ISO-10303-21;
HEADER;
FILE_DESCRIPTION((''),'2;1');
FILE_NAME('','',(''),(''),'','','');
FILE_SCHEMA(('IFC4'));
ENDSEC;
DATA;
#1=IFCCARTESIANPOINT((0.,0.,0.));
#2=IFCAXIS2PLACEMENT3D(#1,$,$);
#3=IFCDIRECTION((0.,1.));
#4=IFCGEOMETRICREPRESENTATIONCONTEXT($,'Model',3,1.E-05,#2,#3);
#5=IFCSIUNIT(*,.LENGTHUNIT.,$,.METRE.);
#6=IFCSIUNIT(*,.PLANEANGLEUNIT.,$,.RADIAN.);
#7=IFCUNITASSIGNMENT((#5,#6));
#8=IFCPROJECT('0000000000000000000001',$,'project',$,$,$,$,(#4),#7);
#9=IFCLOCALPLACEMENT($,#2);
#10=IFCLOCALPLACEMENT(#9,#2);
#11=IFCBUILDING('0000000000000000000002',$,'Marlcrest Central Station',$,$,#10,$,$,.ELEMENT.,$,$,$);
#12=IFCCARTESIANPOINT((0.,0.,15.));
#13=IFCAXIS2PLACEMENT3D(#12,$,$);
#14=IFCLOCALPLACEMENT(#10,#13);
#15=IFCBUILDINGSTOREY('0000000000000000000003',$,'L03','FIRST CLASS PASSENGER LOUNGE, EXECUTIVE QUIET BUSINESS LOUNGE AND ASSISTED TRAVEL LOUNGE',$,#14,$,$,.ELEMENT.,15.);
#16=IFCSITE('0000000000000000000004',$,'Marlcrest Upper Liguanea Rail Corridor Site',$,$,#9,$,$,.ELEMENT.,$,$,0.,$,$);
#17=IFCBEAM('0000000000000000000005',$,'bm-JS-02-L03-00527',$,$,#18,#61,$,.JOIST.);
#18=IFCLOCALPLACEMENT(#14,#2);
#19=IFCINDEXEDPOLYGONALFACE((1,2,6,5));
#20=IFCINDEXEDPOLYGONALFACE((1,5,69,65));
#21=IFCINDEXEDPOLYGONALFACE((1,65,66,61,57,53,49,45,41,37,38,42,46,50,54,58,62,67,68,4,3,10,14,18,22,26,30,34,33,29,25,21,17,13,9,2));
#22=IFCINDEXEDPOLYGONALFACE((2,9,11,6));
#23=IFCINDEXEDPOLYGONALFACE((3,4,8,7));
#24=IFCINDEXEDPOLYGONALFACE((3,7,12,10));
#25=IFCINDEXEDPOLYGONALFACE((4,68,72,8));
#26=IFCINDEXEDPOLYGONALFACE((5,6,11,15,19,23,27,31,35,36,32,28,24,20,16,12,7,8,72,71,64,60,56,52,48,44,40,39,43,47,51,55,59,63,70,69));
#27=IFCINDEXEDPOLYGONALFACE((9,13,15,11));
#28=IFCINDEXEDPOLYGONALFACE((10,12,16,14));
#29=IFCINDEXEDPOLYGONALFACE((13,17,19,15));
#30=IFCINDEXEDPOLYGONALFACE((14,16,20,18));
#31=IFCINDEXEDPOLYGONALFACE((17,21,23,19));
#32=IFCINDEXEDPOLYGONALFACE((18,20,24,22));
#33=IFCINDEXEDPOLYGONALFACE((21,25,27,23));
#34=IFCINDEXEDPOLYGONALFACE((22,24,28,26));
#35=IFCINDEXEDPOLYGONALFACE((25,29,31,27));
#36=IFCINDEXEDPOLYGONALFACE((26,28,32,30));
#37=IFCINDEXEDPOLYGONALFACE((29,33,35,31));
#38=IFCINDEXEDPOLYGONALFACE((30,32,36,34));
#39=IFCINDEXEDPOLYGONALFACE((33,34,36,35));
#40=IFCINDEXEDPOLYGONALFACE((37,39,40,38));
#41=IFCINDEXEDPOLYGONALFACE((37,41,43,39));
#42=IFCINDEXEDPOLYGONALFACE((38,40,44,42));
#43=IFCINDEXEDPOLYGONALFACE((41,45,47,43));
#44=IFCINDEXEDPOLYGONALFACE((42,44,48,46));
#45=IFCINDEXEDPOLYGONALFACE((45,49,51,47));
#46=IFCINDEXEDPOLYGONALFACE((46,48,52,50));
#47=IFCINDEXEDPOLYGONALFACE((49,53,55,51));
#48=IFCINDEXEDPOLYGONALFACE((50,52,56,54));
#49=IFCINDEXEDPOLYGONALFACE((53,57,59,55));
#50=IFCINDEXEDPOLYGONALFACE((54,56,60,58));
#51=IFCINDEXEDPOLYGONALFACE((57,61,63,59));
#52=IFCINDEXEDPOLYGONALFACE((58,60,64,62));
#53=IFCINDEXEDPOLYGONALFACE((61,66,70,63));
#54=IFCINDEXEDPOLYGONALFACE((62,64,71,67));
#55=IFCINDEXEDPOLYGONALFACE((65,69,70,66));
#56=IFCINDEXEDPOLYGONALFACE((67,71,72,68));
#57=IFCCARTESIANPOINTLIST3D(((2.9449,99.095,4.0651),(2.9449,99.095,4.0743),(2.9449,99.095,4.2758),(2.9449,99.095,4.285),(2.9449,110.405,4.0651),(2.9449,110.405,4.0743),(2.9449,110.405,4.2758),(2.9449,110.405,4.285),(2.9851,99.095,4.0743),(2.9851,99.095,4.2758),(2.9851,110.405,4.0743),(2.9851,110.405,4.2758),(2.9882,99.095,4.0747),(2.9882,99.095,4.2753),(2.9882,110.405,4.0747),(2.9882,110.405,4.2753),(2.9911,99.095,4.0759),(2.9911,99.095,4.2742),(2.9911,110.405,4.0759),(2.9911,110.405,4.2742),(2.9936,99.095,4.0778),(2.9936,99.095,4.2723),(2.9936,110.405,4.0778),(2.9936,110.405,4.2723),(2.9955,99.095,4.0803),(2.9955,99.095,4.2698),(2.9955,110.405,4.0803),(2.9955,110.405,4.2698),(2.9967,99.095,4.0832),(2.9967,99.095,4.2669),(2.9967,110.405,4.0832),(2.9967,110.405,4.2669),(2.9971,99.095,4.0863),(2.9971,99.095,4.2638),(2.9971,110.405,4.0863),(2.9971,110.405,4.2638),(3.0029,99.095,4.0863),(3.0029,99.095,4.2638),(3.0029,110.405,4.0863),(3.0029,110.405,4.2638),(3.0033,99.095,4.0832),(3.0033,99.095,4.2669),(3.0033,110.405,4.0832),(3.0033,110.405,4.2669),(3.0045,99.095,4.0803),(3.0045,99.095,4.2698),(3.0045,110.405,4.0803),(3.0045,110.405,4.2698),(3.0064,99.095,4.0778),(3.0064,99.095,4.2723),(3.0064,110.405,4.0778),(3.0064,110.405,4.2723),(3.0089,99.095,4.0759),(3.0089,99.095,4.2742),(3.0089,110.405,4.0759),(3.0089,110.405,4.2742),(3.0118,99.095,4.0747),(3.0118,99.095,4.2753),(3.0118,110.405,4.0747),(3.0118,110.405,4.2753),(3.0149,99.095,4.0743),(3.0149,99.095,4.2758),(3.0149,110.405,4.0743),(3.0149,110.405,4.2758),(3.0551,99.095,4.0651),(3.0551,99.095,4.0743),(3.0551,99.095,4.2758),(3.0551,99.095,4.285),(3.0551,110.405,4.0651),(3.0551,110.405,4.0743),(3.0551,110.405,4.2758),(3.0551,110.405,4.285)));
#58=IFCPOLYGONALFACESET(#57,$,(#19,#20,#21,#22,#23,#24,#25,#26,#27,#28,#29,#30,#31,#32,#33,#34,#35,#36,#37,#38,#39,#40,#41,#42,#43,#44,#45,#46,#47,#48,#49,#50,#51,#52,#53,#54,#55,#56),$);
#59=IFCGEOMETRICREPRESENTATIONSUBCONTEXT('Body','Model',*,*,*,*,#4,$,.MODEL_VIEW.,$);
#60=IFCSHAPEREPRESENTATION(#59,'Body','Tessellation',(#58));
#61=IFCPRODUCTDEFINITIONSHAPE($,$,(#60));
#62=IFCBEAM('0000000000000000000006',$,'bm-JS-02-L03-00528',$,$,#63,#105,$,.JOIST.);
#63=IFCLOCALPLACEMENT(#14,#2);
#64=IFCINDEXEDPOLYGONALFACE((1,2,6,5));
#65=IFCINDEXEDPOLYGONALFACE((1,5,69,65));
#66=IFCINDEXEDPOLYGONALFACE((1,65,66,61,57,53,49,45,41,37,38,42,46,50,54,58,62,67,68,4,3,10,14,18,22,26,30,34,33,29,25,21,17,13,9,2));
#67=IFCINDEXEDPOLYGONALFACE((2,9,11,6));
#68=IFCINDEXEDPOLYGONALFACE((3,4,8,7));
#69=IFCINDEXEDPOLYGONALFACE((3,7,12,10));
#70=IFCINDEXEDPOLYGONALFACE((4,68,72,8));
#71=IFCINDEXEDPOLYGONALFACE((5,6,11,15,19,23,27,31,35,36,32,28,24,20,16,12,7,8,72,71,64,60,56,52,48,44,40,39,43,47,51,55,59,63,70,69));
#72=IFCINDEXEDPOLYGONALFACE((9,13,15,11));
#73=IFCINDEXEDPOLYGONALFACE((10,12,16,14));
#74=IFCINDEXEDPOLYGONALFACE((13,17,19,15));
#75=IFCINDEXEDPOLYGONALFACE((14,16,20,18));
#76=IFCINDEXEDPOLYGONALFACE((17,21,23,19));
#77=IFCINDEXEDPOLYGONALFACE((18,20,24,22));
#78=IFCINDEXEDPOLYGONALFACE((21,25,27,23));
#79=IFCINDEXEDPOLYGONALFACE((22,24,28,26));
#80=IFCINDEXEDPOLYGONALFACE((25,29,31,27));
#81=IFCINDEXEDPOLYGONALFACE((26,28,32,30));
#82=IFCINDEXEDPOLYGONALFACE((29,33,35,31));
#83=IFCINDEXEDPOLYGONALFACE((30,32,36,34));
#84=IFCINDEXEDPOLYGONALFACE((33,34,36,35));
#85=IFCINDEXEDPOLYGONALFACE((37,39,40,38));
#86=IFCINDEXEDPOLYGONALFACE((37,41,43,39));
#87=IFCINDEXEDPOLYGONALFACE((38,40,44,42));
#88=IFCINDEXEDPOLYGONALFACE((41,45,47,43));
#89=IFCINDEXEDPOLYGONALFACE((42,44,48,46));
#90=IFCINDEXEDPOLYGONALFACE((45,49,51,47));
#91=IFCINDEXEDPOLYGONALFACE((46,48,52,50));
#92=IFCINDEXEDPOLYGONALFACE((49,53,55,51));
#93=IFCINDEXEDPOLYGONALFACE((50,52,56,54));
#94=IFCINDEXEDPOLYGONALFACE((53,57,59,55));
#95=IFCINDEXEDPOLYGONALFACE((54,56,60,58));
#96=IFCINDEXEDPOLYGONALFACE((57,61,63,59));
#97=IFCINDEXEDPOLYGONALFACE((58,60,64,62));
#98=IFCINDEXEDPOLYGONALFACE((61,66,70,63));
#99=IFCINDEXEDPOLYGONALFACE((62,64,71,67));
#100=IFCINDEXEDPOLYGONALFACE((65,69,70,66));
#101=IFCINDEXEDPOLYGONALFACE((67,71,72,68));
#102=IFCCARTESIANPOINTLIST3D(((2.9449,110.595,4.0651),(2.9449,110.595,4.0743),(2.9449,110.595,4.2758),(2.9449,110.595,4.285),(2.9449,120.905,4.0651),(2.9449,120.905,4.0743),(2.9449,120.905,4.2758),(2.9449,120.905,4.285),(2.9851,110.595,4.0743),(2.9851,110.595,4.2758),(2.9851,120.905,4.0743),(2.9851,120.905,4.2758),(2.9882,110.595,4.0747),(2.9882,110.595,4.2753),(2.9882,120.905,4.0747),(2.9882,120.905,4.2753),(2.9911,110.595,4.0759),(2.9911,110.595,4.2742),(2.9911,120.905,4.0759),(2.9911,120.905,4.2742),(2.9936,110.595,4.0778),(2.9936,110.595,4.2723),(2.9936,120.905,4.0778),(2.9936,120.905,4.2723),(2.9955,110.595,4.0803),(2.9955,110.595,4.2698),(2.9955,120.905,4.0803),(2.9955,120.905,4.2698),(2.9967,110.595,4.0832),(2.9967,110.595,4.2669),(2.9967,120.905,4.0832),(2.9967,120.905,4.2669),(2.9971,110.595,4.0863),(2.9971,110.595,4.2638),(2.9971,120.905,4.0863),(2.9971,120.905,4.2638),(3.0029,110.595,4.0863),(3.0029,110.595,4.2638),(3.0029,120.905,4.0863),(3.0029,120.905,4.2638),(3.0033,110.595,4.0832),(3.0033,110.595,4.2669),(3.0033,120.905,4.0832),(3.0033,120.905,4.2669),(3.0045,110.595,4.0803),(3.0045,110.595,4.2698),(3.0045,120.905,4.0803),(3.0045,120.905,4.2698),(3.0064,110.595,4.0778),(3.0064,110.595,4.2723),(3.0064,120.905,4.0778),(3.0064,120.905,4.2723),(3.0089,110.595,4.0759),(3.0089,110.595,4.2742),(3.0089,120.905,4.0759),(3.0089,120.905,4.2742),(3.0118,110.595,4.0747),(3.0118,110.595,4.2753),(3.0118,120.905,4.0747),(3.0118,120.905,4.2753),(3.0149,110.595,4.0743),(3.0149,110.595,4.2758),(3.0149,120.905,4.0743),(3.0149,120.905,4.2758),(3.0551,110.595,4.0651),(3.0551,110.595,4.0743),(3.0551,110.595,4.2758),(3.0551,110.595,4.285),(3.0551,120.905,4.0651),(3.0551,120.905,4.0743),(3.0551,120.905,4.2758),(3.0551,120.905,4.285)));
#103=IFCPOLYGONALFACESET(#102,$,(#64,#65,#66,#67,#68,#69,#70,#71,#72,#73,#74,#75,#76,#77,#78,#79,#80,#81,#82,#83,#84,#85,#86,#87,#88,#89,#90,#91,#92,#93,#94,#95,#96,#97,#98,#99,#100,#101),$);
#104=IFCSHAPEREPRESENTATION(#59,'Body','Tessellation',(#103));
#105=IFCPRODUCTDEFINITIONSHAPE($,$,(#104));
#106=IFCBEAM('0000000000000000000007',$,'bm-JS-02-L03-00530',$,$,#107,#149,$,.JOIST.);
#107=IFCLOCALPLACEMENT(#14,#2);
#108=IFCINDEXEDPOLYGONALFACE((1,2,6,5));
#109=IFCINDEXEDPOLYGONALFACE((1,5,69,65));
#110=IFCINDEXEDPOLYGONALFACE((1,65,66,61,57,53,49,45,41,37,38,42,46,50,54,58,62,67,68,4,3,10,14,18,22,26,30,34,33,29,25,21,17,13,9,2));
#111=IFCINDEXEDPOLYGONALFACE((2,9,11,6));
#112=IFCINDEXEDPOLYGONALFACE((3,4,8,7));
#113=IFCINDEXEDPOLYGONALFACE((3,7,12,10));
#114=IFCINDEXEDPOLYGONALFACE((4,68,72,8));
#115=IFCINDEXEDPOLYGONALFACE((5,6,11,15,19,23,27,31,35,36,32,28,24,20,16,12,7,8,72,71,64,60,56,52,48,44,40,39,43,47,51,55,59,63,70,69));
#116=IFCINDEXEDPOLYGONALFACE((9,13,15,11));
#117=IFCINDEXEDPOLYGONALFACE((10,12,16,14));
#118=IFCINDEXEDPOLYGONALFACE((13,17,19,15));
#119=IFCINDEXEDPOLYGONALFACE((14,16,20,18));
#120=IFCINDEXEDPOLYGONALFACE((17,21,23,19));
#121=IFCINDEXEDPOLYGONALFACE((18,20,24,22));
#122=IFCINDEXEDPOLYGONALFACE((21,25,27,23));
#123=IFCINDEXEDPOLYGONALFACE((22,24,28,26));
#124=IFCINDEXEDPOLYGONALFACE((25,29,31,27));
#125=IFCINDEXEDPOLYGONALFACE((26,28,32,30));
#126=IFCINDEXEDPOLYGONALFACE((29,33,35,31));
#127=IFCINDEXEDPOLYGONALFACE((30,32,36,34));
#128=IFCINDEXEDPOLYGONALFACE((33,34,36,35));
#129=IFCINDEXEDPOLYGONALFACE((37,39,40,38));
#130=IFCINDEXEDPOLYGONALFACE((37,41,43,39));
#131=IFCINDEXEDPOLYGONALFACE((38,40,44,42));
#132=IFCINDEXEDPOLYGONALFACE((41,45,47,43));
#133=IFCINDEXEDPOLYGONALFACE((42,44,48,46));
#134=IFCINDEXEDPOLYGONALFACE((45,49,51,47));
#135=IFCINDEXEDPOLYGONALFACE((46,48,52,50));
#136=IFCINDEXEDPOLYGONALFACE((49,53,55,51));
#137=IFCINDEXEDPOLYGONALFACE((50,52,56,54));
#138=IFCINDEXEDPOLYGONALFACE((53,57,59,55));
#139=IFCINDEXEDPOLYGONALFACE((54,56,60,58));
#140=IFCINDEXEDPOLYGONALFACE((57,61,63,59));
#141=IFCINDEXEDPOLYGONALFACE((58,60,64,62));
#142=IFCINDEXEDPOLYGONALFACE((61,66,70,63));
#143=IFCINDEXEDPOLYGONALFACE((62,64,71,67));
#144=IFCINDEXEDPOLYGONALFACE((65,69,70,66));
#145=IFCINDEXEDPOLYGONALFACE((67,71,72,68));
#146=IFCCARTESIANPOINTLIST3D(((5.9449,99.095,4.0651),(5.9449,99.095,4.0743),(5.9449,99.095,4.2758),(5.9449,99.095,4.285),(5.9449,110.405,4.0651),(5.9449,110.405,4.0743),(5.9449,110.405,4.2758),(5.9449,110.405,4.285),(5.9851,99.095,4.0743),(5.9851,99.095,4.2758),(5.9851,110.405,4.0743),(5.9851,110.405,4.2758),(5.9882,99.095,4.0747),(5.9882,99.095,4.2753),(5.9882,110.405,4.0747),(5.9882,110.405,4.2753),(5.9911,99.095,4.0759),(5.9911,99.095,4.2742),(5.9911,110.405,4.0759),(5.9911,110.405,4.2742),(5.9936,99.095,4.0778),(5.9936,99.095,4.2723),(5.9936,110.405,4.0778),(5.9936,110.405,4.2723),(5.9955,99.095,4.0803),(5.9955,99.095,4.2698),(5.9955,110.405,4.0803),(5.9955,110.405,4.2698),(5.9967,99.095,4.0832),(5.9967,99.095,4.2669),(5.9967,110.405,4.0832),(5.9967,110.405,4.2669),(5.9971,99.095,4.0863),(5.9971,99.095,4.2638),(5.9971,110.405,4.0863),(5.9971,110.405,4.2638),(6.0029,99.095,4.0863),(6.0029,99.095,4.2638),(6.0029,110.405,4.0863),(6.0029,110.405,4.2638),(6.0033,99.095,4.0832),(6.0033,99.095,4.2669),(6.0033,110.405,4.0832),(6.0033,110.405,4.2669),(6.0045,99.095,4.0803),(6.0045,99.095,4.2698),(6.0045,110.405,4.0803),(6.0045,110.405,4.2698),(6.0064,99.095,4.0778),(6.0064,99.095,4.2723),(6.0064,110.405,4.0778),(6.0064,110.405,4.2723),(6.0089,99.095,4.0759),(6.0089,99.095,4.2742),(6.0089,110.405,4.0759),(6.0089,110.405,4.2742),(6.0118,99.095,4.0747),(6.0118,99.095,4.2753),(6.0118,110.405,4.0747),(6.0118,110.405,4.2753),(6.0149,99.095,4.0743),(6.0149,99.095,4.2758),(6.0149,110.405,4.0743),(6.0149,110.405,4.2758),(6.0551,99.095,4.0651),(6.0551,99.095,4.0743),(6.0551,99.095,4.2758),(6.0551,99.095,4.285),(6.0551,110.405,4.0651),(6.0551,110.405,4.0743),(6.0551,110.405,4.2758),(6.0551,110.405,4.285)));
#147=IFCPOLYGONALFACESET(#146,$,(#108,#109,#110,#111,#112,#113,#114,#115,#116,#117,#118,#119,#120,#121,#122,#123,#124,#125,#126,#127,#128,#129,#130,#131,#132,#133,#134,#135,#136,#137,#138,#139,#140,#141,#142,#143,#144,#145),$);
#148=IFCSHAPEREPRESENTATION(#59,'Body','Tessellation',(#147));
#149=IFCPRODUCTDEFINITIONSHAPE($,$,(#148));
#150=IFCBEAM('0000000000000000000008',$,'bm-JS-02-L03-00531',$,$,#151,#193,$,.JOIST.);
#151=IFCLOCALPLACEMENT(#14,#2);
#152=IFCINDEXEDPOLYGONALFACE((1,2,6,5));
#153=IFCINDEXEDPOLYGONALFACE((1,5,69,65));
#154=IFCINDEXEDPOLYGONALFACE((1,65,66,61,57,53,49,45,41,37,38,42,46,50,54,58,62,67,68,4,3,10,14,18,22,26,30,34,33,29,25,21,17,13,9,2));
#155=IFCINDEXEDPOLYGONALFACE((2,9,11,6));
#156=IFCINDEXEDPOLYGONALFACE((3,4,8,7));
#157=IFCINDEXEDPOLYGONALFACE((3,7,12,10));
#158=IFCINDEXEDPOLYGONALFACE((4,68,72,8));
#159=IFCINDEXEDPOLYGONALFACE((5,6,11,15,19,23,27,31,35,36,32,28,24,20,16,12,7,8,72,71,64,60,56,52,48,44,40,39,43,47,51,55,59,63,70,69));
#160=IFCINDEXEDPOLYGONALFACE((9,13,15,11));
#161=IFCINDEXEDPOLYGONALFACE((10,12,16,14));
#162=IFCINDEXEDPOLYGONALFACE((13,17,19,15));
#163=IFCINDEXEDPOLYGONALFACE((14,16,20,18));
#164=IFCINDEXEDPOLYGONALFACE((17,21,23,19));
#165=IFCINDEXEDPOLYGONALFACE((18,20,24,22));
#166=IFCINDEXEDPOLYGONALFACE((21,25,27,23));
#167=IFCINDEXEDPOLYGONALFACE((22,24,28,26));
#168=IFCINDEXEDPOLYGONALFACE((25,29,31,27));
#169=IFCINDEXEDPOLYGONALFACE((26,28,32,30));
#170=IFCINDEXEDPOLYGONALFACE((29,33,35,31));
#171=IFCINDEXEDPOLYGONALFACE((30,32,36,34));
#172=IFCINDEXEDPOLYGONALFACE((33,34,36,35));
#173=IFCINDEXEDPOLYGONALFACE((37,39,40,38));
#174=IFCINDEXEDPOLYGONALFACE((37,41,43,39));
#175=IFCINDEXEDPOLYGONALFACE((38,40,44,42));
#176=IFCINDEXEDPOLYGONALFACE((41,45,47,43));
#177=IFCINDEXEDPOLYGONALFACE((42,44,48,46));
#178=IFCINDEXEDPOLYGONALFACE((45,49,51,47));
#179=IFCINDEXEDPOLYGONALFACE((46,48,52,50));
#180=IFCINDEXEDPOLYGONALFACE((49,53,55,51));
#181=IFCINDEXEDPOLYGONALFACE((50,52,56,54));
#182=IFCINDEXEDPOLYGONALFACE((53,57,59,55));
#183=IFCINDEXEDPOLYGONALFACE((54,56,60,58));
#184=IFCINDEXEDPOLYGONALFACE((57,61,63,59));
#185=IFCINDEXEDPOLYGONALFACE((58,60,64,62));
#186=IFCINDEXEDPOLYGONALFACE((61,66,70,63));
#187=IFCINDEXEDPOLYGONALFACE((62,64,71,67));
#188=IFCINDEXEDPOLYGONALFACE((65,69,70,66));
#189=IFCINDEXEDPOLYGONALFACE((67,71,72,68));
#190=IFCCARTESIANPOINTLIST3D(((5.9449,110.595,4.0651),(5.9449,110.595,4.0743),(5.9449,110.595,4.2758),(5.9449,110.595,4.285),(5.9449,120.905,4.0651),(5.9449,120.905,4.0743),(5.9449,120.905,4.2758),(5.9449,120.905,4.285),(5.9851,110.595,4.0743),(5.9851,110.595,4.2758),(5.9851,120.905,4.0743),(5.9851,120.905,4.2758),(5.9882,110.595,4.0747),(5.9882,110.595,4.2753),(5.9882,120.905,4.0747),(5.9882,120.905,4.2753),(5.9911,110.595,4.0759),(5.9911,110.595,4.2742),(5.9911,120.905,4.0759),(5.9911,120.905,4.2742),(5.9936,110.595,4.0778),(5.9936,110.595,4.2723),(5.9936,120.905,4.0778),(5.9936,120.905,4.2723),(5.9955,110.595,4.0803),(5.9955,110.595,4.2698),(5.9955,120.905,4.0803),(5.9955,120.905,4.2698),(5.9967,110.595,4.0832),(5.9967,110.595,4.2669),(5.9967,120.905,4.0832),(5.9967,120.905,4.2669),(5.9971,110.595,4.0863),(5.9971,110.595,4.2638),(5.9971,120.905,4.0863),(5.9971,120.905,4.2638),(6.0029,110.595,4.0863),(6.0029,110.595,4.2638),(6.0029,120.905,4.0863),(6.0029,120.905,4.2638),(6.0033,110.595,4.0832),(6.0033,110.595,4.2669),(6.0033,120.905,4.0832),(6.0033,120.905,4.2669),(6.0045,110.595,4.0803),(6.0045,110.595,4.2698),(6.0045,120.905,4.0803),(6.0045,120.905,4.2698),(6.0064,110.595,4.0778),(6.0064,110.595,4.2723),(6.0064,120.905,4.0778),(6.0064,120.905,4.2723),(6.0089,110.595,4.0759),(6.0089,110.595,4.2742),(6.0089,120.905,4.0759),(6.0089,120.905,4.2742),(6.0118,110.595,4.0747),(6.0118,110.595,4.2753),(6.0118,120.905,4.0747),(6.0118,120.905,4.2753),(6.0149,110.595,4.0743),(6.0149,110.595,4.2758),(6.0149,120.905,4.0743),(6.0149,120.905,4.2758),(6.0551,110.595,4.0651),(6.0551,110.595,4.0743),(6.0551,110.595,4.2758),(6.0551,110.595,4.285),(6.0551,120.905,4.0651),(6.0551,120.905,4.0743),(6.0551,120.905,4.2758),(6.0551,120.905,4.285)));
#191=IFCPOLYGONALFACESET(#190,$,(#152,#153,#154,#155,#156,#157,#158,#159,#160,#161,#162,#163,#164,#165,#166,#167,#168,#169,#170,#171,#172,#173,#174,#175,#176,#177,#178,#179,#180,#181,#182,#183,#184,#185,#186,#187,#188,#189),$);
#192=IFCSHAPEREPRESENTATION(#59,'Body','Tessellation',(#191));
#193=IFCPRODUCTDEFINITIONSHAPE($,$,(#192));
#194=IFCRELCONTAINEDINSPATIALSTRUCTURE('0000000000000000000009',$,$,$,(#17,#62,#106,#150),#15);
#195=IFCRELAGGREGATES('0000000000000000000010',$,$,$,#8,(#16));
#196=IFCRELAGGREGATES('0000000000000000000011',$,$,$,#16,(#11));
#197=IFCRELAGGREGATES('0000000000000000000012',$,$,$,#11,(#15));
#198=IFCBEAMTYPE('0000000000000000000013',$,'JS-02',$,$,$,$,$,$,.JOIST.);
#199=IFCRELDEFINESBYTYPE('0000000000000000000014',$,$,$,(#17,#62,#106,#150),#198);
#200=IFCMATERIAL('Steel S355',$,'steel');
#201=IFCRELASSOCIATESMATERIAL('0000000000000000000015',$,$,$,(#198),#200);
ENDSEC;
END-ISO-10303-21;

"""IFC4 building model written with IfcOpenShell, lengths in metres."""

from ifc_helpers import new_model, si_unit, direction, frame, origin, origin_2d, place, context, subcontext, project, spatial, i_section, extrude, material, material_profile, profile_set, type_object, element, save


model = new_model("IFC4")

# Units and contexts
model_context = context("Model", 3, precision=1e-05, world=origin(), true_north=direction((0.0, 1.0)))
body_context = subcontext(model_context, "Body", "Model", "MODEL_VIEW")
ifc_project = project(units=[si_unit("LENGTHUNIT", "METRE"), si_unit("PLANEANGLEUNIT", "RADIAN")], contexts=[model_context])

# Site, building, storey
site_placement = place(None, origin())
site = spatial("IfcSite", under=ifc_project, at=site_placement, Name="Marlcrest Upper Liguanea Rail Corridor Site", CompositionType="ELEMENT", RefElevation=0.0)
building_placement = place(site_placement, origin())
building = spatial("IfcBuilding", under=site, at=building_placement, Name="Marlcrest Central Station", CompositionType="ELEMENT")
storey_placement = place(building_placement, frame((0.0, 0.0, 15.0)))
storey = spatial("IfcBuildingStorey", under=building, at=storey_placement, Name="L03", Description="FIRST CLASS PASSENGER LOUNGE, EXECUTIVE QUIET BUSINESS LOUNGE AND ASSISTED TRAVEL LOUNGE", CompositionType="ELEMENT", Elevation=15.0)

# Shared definitions
ifc_material_1 = material(Name="Steel S355", Category="steel")

# Beams
ifc_material_profile_1 = material_profile(ifc_material_1, i_section(OverallWidth=0.1101, OverallDepth=0.22, WebThickness=0.0059, FlangeThickness=0.0093, FilletRadius=0.012, at=origin_2d()), Name="IPE 220")
ifc_profile_set_1 = profile_set([ifc_material_profile_1], Name="Steel S355")
beam_type_1 = type_object("IfcBeamType", Name="JS-02", PredefinedType="JOIST", material=ifc_profile_set_1)
beam_1_placement = place(storey_placement, frame((3.0, 99.095, 4.175), z_axis=(0.0, 1.0, 0.0), x_axis=(-1.0, 0.0, 0.0)))
element("IfcBeam", 1, at=beam_1_placement, inside=storey, type_object=beam_type_1, Name="bm-JS-02-L03-00527", PredefinedType="JOIST", context=body_context, shape_type="SweptSolid", body=[
    extrude(i_section(OverallWidth=0.1101, OverallDepth=0.22, WebThickness=0.0059, FlangeThickness=0.0093, FilletRadius=0.012, at=origin_2d()), origin(), (0.0, 0.0, 1.0), 11.3101),
])
beam_2_placement = place(storey_placement, frame((3.0, 110.595, 4.175), z_axis=(0.0, 1.0, 0.0), x_axis=(-1.0, 0.0, 0.0)))
element("IfcBeam", 2, at=beam_2_placement, inside=storey, type_object=beam_type_1, Name="bm-JS-02-L03-00528", PredefinedType="JOIST", context=body_context, shape_type="SweptSolid", body=[
    extrude(i_section(OverallWidth=0.1101, OverallDepth=0.22, WebThickness=0.0059, FlangeThickness=0.0093, FilletRadius=0.012, at=origin_2d()), origin(), (0.0, 0.0, 1.0), 10.3101),
])
beam_3_placement = place(storey_placement, frame((6.0, 99.095, 4.175), z_axis=(0.0, 1.0, 0.0), x_axis=(-1.0, 0.0, 0.0)))
element("IfcBeam", 3, at=beam_3_placement, inside=storey, type_object=beam_type_1, Name="bm-JS-02-L03-00530", PredefinedType="JOIST", context=body_context, shape_type="SweptSolid", body=[
    extrude(i_section(OverallWidth=0.1101, OverallDepth=0.22, WebThickness=0.0059, FlangeThickness=0.0093, FilletRadius=0.012, at=origin_2d()), origin(), (0.0, 0.0, 1.0), 11.3101),
])
beam_4_placement = place(storey_placement, frame((6.0, 110.595, 4.175), z_axis=(0.0, 1.0, 0.0), x_axis=(-1.0, 0.0, 0.0)))
element("IfcBeam", 4, at=beam_4_placement, inside=storey, type_object=beam_type_1, Name="bm-JS-02-L03-00531", PredefinedType="JOIST", context=body_context, shape_type="SweptSolid", body=[
    extrude(i_section(OverallWidth=0.1101, OverallDepth=0.22, WebThickness=0.0059, FlangeThickness=0.0093, FilletRadius=0.012, at=origin_2d()), origin(), (0.0, 0.0, 1.0), 10.3101),
])

save(model, "model.ifc")
